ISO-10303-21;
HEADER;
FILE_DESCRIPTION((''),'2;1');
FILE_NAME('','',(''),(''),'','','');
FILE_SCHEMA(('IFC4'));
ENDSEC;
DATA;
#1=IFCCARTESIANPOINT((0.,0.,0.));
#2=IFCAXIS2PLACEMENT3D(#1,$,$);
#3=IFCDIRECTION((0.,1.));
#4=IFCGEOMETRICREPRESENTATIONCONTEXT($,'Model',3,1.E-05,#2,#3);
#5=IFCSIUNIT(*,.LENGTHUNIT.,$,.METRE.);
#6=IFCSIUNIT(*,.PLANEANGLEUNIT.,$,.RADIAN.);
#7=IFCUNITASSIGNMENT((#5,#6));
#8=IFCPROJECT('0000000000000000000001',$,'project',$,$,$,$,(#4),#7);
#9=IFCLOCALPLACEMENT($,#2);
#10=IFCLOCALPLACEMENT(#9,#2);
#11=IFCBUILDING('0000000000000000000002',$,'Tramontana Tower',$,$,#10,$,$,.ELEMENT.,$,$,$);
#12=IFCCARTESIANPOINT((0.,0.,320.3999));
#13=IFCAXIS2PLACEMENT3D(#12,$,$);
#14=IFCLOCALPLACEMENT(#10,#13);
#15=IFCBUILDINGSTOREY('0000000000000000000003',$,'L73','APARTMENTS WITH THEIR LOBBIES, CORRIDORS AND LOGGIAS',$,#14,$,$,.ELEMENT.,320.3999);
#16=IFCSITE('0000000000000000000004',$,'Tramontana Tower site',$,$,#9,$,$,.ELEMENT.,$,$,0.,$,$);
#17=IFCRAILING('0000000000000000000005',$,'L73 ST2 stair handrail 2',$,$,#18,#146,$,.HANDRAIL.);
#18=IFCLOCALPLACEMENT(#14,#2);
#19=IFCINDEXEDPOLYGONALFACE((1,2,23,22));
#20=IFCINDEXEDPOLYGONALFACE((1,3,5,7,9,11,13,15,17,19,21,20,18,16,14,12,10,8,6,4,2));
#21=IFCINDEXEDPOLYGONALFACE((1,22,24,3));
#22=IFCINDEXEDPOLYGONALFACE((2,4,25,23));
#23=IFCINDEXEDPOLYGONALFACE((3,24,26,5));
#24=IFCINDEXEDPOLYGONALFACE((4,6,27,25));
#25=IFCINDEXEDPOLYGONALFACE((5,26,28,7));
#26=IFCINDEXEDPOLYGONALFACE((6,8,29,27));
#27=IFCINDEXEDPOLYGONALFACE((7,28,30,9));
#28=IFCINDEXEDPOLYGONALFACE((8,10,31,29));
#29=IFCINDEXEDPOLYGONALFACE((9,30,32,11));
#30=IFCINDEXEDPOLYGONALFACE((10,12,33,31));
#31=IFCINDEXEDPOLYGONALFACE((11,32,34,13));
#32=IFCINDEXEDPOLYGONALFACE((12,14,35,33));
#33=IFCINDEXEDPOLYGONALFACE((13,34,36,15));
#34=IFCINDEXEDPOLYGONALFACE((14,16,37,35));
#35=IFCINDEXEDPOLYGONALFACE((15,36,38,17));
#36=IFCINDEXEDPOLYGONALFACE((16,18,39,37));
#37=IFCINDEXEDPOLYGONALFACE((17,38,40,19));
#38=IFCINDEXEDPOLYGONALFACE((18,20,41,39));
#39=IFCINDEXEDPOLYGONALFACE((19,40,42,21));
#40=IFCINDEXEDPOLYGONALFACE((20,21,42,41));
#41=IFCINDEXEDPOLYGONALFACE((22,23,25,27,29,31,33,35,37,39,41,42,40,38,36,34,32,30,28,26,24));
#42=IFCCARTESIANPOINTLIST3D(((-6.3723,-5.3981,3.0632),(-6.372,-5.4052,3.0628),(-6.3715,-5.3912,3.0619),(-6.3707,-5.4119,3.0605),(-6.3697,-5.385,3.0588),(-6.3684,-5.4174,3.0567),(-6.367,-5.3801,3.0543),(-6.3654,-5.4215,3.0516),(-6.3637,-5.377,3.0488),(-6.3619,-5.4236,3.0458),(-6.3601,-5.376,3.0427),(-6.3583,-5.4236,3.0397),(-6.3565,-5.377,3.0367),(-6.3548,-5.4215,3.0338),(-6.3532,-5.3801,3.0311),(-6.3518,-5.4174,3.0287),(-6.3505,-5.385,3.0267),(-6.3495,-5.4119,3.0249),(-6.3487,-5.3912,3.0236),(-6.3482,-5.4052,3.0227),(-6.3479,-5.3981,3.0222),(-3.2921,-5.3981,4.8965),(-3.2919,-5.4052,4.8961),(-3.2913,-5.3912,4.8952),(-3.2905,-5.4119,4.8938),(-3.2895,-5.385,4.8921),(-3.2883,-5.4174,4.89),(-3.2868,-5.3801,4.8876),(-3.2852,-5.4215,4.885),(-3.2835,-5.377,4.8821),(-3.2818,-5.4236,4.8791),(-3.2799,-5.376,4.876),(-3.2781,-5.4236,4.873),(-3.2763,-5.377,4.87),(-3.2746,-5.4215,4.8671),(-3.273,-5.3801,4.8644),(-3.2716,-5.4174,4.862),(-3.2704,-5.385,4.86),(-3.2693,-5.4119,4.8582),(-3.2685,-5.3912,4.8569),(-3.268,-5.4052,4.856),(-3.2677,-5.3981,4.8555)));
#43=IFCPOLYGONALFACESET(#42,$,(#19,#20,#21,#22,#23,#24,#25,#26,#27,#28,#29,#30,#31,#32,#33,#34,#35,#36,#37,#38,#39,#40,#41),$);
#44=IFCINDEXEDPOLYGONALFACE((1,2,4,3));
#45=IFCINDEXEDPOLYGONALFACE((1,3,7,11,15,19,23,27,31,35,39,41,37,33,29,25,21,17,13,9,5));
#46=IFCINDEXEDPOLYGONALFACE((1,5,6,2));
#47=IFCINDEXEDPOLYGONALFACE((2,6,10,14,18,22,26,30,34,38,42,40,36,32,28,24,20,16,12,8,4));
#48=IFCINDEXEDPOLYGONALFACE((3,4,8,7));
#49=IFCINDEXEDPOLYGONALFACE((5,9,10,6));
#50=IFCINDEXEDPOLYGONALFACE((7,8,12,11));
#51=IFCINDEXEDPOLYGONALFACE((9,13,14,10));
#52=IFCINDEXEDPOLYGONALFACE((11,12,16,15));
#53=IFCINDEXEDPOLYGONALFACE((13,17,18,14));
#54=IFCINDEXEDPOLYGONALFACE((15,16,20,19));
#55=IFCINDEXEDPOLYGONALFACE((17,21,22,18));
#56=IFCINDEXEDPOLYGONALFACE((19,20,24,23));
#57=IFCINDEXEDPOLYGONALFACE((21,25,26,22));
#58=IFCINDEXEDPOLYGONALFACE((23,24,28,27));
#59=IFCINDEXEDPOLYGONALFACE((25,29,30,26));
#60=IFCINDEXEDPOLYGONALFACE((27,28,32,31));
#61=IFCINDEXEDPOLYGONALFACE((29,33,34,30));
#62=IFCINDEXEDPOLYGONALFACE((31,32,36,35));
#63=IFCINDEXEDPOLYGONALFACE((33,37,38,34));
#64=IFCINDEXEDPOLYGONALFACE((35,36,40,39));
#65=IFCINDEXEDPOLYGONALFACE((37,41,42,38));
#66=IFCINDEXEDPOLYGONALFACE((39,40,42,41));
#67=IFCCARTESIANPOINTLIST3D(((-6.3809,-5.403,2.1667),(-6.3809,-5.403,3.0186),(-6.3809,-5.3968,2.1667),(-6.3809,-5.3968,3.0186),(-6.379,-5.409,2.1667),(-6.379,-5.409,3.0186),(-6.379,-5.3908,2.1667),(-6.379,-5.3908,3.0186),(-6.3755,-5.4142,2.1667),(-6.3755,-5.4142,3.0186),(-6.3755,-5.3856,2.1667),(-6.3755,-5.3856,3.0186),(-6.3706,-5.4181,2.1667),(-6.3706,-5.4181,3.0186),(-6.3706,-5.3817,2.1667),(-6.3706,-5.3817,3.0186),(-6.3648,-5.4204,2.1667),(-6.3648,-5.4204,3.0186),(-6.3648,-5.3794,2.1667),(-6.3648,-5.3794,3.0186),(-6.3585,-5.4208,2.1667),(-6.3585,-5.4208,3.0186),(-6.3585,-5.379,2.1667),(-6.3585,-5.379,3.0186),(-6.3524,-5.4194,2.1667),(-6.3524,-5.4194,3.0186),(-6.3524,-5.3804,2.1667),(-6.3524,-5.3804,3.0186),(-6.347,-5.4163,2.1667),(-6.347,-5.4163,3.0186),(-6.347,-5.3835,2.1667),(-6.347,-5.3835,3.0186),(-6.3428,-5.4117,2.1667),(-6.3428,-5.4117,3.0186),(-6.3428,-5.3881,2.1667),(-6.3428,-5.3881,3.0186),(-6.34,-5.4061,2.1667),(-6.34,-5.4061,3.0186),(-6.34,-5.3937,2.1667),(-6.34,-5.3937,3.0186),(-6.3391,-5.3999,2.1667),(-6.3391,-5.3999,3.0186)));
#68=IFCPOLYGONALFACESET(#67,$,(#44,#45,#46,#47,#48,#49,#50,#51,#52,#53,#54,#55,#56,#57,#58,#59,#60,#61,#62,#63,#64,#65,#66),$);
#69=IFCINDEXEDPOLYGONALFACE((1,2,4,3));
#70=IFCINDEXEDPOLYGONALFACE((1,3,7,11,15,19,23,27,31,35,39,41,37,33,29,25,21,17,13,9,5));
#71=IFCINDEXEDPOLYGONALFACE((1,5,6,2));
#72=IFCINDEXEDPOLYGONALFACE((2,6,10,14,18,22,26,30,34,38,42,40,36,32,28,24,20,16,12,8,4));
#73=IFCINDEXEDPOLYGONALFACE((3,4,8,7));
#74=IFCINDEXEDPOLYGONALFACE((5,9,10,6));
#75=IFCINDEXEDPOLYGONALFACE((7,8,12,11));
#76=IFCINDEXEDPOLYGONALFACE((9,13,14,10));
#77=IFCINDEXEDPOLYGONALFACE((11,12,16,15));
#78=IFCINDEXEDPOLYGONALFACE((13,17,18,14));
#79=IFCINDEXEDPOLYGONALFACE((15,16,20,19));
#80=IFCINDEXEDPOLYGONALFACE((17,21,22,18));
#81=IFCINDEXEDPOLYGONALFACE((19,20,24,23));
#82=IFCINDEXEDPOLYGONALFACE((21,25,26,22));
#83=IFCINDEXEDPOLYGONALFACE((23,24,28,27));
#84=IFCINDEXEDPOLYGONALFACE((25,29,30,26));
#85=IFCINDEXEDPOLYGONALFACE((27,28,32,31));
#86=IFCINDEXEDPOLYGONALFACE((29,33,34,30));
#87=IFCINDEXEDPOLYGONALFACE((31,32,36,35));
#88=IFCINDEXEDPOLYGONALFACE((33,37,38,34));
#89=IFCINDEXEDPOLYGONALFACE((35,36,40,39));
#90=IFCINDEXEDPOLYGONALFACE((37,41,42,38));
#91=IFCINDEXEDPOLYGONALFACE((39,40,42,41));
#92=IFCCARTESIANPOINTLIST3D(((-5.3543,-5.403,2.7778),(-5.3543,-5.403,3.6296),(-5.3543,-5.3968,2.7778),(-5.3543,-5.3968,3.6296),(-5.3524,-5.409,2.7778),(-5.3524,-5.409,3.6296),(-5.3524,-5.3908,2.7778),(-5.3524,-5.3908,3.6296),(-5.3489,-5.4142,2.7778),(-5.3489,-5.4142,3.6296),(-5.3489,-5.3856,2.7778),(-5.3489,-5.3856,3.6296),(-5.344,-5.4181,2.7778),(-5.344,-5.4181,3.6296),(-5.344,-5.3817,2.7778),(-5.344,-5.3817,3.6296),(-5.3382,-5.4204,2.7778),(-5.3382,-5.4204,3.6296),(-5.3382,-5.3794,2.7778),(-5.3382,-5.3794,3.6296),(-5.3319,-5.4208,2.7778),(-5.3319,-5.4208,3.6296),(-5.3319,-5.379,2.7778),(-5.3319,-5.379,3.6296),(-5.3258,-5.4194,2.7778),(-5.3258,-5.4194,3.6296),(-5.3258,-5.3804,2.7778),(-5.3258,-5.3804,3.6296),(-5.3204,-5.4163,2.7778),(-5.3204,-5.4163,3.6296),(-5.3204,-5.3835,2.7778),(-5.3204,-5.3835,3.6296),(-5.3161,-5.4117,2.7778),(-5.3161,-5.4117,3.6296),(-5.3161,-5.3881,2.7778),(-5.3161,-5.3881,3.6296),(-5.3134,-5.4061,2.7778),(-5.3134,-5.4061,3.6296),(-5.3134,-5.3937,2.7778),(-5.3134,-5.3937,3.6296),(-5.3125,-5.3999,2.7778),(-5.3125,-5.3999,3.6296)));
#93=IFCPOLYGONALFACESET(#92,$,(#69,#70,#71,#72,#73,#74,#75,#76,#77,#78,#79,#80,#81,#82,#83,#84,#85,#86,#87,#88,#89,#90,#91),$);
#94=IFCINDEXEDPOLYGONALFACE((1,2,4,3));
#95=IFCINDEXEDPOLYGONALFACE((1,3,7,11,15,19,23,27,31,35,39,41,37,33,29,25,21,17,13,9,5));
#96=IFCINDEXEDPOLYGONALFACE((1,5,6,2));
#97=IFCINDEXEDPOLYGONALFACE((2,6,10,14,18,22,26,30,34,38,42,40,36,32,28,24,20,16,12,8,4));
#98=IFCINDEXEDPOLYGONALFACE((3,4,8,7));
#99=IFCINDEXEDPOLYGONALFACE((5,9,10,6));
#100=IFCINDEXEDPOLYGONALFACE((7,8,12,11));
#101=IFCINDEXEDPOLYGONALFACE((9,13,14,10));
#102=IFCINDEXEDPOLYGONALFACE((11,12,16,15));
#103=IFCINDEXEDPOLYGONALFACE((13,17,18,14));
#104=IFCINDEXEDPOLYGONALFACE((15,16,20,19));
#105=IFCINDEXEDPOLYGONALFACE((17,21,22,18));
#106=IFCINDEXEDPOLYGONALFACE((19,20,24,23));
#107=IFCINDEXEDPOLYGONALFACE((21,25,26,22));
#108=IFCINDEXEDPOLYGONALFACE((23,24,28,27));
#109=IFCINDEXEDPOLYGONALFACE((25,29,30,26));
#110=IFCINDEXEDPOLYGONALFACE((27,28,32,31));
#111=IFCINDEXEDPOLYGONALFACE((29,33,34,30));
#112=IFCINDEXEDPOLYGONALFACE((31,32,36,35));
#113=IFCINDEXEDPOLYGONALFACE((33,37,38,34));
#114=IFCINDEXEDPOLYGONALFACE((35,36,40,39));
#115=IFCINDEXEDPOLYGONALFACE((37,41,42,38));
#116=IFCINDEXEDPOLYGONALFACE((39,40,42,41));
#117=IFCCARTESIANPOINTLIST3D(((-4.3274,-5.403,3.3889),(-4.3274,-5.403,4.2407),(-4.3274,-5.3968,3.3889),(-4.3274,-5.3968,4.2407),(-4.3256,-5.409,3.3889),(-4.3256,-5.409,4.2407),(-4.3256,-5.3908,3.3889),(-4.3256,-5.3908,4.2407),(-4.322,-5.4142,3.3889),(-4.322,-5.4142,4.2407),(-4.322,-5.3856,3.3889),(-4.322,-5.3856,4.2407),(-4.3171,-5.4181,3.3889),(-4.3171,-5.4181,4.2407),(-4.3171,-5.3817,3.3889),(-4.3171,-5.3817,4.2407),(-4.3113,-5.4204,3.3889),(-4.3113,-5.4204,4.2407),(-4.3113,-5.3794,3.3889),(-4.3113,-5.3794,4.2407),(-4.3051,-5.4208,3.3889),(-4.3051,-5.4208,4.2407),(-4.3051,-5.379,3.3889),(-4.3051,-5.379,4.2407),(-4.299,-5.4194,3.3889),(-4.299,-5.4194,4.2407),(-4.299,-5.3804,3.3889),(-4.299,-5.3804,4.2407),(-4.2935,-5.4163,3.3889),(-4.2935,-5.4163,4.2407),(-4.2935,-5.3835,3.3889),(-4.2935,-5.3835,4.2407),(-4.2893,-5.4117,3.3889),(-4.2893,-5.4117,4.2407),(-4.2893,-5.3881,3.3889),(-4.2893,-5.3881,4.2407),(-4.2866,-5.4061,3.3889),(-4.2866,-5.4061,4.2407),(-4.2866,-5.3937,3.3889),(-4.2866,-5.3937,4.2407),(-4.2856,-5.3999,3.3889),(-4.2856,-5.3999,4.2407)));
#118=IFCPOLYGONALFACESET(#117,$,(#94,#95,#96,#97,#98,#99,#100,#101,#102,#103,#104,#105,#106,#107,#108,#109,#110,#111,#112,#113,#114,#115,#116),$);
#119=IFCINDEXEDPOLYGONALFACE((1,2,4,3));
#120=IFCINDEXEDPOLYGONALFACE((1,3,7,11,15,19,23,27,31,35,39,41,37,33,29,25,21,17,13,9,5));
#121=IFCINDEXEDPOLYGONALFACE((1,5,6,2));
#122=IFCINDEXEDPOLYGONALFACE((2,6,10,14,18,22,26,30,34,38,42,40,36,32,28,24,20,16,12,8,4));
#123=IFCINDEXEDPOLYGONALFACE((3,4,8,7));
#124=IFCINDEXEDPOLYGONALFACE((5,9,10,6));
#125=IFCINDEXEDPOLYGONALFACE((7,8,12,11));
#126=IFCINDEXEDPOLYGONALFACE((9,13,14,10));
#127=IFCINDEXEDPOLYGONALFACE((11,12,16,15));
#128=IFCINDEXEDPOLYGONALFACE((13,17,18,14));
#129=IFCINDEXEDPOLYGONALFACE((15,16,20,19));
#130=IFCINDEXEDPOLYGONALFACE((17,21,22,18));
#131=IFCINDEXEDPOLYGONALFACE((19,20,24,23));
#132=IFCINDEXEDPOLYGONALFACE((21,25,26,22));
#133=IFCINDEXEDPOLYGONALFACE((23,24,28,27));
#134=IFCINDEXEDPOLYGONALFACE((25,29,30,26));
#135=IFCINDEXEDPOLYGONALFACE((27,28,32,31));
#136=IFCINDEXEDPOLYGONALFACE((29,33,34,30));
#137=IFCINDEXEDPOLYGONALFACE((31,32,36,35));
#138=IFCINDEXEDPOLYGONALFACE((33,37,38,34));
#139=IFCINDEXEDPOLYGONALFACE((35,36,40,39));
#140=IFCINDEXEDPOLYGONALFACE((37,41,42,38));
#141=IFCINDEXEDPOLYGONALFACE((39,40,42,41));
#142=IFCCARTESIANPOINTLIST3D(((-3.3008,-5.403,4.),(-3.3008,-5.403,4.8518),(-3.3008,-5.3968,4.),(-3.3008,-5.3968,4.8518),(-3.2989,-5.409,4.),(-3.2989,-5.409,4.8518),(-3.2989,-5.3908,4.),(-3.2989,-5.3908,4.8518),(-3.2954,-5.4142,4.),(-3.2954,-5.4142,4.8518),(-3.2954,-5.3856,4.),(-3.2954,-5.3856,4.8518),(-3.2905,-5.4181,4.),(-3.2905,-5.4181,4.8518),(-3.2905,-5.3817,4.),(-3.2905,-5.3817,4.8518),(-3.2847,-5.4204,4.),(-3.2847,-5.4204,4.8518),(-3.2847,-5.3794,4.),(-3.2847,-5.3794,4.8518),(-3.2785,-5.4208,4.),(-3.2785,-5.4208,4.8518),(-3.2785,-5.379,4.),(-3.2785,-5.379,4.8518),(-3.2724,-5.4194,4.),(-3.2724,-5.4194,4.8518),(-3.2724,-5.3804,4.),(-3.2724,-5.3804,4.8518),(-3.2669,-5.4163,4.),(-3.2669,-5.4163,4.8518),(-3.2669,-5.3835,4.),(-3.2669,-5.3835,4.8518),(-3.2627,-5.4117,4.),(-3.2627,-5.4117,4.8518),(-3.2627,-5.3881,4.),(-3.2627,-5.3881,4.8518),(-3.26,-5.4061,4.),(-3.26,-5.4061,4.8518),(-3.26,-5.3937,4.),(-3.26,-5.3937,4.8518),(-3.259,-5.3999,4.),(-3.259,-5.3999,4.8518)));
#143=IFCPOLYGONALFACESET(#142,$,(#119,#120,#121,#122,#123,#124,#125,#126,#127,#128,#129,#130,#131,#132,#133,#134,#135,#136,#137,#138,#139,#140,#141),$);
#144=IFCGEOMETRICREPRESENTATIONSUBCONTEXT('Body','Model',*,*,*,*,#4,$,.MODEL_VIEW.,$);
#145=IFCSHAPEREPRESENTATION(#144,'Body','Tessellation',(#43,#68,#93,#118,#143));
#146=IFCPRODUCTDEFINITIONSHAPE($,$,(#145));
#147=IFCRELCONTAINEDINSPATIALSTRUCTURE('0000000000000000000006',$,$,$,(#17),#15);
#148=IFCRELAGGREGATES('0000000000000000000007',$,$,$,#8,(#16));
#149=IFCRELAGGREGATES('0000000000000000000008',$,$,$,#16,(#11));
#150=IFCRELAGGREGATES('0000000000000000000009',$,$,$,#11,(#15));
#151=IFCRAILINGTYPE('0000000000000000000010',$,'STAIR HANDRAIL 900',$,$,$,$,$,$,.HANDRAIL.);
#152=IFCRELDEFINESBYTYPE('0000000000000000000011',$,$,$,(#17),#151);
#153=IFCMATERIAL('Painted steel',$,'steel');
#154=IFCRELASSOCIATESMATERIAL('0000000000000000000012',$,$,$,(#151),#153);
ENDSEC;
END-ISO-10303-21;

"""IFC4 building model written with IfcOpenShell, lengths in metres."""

from ifc_helpers import new_model, si_unit, direction, frame, origin, origin_2d, place, context, subcontext, project, spatial, circle, extrude, material, type_object, element, save


model = new_model("IFC4")

# Units and contexts
model_context = context("Model", 3, precision=1e-05, world=origin(), true_north=direction((0.0, 1.0)))
body_context = subcontext(model_context, "Body", "Model", "MODEL_VIEW")
ifc_project = project(units=[si_unit("LENGTHUNIT", "METRE"), si_unit("PLANEANGLEUNIT", "RADIAN")], contexts=[model_context])

# Site, building, storey
site_placement = place(None, origin())
site = spatial("IfcSite", under=ifc_project, at=site_placement, Name="Tramontana Tower site", CompositionType="ELEMENT", RefElevation=0.0)
building_placement = place(site_placement, origin())
building = spatial("IfcBuilding", under=site, at=building_placement, Name="Tramontana Tower", CompositionType="ELEMENT")
storey_placement = place(building_placement, frame((0.0, 0.0, 320.3999)))
storey = spatial("IfcBuildingStorey", under=building, at=storey_placement, Name="L73", Description="APARTMENTS WITH THEIR LOBBIES, CORRIDORS AND LOGGIAS", CompositionType="ELEMENT", Elevation=320.3999)

# Railing
ifc_material_1 = material(Name="Painted steel", Category="steel")
railing_type_1 = type_object("IfcRailingType", Name="STAIR HANDRAIL 900", PredefinedType="HANDRAIL", material=ifc_material_1)
railing_1_placement = place(storey_placement, frame((-6.3601, -5.3999, 2.1667)))
element("IfcRailing", 1, at=railing_1_placement, inside=storey, type_object=railing_type_1, Name="L73 ST2 stair handrail 2", PredefinedType="HANDRAIL", context=body_context, shape_type="SweptSolid", body=[
    extrude(circle(Radius=0.0239, at=origin_2d()), frame((0.0, 0.0, 0.876), z_axis=(0.859309, 0.0, 0.511458), x_axis=(0.0, 1.0, 0.0)), (0.0, 0.0, 1.0), 3.5845),
    extrude(circle(Radius=0.021, at=origin_2d()), origin(), (0.0, 0.0, 1.0), 0.8518),
    extrude(circle(Radius=0.021, at=origin_2d()), frame((1.0266, 0.0, 0.6111)), (0.0, 0.0, 1.0), 0.8518),
    extrude(circle(Radius=0.021, at=origin_2d()), frame((2.0535, 0.0, 1.2222)), (0.0, 0.0, 1.0), 0.8518),
    extrude(circle(Radius=0.021, at=origin_2d()), frame((3.0801, 0.0, 1.8333)), (0.0, 0.0, 1.0), 0.8518),
])

save(model, "model.ifc")
